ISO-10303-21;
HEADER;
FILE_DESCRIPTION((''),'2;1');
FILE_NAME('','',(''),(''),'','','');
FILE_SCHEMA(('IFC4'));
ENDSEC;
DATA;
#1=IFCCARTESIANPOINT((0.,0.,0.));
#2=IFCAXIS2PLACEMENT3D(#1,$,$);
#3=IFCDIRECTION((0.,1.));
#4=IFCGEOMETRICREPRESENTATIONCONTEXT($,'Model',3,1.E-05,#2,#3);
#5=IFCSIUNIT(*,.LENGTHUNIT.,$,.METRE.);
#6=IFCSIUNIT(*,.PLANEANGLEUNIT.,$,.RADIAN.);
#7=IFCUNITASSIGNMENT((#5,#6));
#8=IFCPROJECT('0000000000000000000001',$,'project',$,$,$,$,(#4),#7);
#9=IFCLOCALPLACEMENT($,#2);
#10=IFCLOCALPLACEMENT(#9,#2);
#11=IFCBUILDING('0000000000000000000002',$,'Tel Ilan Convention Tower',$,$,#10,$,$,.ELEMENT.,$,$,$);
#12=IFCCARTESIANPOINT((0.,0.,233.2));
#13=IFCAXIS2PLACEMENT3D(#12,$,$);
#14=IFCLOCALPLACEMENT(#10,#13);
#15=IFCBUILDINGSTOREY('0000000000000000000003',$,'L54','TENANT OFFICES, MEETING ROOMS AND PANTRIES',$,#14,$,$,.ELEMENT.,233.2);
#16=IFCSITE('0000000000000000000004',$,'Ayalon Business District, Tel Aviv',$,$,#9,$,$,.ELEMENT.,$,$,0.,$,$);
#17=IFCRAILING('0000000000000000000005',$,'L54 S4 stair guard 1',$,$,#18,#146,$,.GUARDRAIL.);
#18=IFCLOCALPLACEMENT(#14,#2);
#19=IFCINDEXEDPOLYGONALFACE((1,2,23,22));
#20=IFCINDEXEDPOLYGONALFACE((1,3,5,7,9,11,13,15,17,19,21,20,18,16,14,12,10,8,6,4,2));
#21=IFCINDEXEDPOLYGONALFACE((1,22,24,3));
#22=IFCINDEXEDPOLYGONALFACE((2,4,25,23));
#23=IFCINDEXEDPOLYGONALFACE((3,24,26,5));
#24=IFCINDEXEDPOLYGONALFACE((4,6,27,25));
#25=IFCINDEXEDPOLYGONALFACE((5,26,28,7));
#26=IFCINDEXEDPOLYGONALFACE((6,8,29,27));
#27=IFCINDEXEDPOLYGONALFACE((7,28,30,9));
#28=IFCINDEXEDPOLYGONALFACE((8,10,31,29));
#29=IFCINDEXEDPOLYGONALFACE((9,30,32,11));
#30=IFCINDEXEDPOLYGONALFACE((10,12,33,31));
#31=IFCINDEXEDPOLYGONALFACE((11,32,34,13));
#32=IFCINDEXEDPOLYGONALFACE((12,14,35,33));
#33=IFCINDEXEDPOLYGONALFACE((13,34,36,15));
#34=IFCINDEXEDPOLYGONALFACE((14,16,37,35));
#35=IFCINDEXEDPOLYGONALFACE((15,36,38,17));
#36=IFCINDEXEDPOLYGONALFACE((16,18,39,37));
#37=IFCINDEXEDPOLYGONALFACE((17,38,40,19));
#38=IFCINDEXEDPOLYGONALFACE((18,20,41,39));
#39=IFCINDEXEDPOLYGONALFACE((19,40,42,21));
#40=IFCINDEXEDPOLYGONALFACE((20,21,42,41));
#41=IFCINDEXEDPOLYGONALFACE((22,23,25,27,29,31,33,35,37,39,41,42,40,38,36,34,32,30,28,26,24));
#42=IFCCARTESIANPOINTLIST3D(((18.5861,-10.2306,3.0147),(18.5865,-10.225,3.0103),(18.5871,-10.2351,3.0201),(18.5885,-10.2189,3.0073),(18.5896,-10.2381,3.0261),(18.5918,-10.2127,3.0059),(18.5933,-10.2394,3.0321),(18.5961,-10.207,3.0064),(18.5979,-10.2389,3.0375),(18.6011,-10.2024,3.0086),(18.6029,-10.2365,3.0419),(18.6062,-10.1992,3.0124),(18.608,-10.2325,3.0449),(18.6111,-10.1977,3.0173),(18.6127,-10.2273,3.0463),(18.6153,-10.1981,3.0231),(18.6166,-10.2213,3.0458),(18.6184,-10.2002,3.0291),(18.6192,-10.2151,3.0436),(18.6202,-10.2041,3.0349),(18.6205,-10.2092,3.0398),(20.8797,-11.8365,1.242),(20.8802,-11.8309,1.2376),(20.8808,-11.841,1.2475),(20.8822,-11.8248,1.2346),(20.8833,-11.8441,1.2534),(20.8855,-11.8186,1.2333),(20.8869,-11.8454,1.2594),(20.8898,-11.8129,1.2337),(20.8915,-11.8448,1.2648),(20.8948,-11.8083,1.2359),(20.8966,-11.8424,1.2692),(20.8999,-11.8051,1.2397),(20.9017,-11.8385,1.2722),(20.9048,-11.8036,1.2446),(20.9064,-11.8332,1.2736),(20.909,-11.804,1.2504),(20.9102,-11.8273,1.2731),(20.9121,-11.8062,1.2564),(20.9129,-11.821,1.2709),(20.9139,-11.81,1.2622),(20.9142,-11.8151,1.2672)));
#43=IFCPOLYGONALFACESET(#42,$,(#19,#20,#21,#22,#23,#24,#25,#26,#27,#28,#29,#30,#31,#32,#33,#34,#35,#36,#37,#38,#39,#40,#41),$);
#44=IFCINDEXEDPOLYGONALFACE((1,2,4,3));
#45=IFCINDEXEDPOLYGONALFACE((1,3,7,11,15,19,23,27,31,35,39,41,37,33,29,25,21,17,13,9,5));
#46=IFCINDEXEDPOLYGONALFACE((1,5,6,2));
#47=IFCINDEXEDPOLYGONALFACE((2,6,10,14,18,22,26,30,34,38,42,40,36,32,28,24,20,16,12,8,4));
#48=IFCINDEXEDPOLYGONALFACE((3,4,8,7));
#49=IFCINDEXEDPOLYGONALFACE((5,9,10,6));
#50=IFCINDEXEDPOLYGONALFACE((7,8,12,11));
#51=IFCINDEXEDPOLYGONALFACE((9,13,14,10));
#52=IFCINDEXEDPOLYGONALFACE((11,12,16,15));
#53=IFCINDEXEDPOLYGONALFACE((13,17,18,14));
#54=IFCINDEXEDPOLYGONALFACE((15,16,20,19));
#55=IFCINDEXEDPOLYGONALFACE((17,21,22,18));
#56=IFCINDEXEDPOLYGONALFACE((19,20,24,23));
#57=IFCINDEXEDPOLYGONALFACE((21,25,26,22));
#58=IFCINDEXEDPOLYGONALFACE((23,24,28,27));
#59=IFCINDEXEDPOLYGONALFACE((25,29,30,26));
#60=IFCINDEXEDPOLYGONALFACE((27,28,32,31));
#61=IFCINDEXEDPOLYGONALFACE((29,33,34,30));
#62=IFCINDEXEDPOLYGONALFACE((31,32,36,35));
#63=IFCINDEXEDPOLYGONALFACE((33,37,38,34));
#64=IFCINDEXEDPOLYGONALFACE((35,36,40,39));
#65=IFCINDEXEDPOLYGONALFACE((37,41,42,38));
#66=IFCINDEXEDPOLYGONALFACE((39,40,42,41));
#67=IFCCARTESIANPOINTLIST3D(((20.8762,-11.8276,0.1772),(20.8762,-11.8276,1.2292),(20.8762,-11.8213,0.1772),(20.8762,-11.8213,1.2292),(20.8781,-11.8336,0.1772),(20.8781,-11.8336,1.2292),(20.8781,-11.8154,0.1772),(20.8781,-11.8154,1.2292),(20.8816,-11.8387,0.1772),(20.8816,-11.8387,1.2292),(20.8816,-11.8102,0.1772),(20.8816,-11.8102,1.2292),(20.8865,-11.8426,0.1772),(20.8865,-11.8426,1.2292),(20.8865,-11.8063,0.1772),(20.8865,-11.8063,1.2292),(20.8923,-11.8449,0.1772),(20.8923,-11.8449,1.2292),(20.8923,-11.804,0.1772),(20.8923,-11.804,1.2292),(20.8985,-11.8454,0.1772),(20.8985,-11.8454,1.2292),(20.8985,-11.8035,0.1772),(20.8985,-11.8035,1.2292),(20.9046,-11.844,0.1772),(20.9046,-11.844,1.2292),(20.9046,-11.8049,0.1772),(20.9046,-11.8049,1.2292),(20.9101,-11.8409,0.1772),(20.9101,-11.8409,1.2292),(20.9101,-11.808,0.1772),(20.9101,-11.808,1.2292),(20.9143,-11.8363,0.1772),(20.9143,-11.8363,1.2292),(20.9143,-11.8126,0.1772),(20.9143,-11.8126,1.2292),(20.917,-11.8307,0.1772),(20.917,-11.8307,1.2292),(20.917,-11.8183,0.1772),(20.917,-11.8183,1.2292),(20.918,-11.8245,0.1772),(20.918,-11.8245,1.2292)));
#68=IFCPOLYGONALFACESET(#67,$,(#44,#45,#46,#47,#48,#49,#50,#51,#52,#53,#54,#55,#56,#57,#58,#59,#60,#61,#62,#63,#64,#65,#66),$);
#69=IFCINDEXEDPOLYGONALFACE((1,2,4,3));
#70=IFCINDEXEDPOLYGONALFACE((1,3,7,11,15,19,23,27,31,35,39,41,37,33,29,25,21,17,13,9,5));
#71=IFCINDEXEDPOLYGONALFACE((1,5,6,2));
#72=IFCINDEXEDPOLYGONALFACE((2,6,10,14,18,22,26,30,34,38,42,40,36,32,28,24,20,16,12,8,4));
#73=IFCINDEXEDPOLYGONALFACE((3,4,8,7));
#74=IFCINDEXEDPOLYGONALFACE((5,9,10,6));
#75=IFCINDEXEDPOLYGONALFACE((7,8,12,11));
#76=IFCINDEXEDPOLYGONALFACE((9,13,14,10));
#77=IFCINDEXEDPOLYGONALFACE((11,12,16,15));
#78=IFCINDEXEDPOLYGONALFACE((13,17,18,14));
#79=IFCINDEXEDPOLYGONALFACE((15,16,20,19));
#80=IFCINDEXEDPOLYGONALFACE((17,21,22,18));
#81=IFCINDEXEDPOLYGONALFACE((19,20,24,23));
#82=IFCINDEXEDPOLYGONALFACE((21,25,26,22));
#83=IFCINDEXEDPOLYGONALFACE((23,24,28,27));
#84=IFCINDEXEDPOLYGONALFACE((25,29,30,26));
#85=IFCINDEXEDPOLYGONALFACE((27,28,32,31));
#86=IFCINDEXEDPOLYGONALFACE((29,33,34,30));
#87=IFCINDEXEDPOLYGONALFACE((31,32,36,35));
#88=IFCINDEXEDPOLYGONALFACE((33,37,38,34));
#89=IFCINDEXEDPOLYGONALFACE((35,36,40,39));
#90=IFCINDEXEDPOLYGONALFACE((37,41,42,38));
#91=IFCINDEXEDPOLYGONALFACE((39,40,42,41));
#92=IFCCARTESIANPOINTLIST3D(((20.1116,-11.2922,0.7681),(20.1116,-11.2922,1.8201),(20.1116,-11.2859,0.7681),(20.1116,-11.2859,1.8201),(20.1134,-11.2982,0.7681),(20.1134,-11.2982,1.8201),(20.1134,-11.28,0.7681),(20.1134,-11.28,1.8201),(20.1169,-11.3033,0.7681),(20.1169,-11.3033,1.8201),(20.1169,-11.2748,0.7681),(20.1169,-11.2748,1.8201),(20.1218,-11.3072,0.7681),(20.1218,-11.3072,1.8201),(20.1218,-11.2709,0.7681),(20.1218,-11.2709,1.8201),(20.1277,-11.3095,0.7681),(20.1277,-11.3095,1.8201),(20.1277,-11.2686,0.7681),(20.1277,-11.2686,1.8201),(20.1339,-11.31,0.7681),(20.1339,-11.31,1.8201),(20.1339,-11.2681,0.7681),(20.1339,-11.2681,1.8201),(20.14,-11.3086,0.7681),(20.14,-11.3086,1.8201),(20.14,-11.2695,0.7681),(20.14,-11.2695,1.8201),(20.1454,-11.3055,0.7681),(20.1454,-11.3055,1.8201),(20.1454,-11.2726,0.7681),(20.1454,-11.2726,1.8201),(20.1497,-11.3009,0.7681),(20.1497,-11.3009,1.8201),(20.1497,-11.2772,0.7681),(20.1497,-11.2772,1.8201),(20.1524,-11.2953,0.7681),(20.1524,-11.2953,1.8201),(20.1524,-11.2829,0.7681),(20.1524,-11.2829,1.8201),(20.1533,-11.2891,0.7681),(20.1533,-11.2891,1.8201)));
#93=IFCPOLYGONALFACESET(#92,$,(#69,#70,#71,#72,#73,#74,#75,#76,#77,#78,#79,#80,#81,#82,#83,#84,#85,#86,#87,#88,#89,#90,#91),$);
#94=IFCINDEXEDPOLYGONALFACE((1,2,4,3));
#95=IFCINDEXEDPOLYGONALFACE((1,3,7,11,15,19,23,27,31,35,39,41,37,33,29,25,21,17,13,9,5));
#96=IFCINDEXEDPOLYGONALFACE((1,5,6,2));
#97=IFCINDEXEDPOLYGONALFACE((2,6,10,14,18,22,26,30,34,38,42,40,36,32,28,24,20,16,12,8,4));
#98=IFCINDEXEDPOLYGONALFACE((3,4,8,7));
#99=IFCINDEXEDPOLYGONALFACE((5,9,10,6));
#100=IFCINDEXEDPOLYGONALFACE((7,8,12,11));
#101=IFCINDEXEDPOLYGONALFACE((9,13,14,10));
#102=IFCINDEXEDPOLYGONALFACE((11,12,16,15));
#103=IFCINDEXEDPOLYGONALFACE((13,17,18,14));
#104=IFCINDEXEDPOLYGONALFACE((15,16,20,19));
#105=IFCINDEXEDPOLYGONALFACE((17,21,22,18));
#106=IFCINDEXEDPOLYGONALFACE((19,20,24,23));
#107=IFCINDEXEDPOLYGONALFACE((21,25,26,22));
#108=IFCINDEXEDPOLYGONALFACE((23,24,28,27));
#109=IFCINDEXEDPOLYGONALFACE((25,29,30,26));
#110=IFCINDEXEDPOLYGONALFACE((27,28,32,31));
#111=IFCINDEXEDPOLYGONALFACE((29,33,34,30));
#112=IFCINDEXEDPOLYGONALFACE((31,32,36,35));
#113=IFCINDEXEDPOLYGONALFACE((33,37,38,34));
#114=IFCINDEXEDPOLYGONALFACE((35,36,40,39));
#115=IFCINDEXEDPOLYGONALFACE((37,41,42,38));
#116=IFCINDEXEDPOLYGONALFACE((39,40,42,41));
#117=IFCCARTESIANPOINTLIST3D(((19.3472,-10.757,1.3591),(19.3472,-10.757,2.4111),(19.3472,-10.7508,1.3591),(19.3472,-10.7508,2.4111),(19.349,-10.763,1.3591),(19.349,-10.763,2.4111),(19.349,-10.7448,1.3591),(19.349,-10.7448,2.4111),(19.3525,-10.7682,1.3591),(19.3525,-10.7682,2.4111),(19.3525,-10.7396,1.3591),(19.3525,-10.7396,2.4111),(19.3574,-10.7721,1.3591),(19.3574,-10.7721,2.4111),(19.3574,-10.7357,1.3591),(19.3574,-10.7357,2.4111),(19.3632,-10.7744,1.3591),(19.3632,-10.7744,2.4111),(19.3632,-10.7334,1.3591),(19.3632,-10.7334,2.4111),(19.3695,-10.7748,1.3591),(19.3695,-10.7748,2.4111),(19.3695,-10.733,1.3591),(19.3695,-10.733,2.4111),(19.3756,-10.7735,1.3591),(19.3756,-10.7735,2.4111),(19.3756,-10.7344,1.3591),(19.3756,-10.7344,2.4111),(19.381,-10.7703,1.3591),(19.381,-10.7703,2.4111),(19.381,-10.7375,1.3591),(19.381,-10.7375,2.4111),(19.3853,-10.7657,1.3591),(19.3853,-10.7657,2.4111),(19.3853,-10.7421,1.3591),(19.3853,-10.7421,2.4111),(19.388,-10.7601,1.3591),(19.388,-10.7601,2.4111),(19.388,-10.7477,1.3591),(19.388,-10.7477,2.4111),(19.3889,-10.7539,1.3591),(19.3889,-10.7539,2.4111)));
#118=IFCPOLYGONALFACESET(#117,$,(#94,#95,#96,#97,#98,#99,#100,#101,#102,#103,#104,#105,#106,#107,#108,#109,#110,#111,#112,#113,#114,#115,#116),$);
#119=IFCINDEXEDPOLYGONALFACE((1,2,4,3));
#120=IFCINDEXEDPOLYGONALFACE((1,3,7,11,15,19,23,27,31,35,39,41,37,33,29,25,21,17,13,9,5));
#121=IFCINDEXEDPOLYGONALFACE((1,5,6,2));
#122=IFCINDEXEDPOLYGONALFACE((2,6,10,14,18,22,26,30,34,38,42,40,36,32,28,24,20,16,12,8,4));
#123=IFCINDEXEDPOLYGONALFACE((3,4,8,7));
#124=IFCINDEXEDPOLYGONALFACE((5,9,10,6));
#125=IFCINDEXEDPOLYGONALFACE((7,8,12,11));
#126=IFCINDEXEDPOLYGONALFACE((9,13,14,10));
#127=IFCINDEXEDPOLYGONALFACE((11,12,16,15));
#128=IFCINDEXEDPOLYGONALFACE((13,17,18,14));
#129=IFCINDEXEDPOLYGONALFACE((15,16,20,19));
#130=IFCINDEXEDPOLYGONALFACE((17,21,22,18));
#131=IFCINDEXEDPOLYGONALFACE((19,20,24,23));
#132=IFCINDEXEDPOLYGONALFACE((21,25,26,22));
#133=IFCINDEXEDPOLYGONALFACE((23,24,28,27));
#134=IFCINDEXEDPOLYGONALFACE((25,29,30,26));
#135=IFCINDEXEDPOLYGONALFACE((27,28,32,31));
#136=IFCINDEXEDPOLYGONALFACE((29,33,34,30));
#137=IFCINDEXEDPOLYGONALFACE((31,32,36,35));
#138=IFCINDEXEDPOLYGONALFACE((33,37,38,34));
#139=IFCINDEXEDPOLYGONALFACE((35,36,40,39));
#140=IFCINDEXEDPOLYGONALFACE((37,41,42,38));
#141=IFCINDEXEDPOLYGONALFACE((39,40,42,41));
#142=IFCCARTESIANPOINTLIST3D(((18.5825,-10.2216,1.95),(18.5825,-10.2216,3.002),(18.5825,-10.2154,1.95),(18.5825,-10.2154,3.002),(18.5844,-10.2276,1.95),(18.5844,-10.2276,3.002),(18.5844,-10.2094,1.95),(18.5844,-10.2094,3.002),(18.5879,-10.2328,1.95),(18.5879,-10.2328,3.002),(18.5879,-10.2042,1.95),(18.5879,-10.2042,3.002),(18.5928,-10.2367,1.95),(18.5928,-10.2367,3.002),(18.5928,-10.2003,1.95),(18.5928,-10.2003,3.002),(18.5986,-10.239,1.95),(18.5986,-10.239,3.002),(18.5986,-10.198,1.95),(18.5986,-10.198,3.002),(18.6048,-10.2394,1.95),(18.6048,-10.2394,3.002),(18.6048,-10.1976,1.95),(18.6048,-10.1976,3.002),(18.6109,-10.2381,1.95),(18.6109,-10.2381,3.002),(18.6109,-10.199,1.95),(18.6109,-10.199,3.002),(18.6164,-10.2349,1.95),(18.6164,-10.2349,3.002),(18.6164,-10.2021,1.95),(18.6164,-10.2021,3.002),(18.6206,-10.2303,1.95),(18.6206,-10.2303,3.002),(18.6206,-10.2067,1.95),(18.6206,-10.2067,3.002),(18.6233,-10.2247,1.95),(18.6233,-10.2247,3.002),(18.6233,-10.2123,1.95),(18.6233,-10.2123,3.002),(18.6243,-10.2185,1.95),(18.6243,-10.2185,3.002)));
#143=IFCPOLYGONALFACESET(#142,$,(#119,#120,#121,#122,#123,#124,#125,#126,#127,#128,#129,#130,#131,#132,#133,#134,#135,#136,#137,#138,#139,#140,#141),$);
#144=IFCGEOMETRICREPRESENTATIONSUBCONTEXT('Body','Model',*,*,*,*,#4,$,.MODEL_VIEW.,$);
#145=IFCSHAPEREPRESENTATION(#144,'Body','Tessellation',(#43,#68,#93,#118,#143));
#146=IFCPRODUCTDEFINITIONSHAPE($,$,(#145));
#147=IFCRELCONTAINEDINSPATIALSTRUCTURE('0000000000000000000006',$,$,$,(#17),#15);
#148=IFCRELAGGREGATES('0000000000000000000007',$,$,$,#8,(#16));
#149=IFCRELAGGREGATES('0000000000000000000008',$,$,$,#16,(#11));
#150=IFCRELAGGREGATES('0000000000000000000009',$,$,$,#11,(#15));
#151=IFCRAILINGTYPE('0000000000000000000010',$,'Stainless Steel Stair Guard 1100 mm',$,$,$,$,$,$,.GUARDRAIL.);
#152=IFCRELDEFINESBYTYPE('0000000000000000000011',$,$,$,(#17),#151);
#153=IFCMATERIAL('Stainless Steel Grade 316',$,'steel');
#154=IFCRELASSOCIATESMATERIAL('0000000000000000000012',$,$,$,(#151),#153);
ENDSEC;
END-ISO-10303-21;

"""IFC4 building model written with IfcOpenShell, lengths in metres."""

from ifc_helpers import new_model, si_unit, direction, frame, origin, origin_2d, place, context, subcontext, project, spatial, circle, extrude, material, type_object, element, save


model = new_model("IFC4")

# Units and contexts
model_context = context("Model", 3, precision=1e-05, world=origin(), true_north=direction((0.0, 1.0)))
body_context = subcontext(model_context, "Body", "Model", "MODEL_VIEW")
ifc_project = project(units=[si_unit("LENGTHUNIT", "METRE"), si_unit("PLANEANGLEUNIT", "RADIAN")], contexts=[model_context])

# Site, building, storey
site_placement = place(None, origin())
site = spatial("IfcSite", under=ifc_project, at=site_placement, Name="Ayalon Business District, Tel Aviv", CompositionType="ELEMENT", RefElevation=0.0)
building_placement = place(site_placement, origin())
building = spatial("IfcBuilding", under=site, at=building_placement, Name="Tel Ilan Convention Tower", CompositionType="ELEMENT")
storey_placement = place(building_placement, frame((0.0, 0.0, 233.2)))
storey = spatial("IfcBuildingStorey", under=building, at=storey_placement, Name="L54", Description="TENANT OFFICES, MEETING ROOMS AND PANTRIES", CompositionType="ELEMENT", Elevation=233.2)

# Railing
ifc_material_1 = material(Name="Stainless Steel Grade 316", Category="steel")
railing_type_1 = type_object("IfcRailingType", Name="Stainless Steel Stair Guard 1100 mm", PredefinedType="GUARDRAIL", material=ifc_material_1)
railing_1_placement = place(storey_placement, frame((20.897, -11.8245, 0.1772)))
element("IfcRailing", 1, at=railing_1_placement, inside=storey, type_object=railing_type_1, Name="L54 S4 stair guard 1", PredefinedType="GUARDRAIL", context=body_context, shape_type="SweptSolid", body=[
    extrude(circle(Radius=0.0239, at=origin_2d()), frame((0.0, 0.0, 1.0762), z_axis=(-0.692123, 0.484597, 0.534913), x_axis=(-0.57355, -0.81917, 0.0)), (0.0, 0.0, 1.0), 3.314),
    extrude(circle(Radius=0.021, at=origin_2d()), origin(), (0.0, 0.0, 1.0), 1.052),
    extrude(circle(Radius=0.021, at=origin_2d()), frame((-0.7646, 0.5354, 0.5908)), (0.0, 0.0, 1.0), 1.052),
    extrude(circle(Radius=0.021, at=origin_2d()), frame((-1.5291, 1.0706, 1.1819)), (0.0, 0.0, 1.0), 1.052),
    extrude(circle(Radius=0.021, at=origin_2d()), frame((-2.2937, 1.606, 1.7727)), (0.0, 0.0, 1.0), 1.052),
])

save(model, "model.ifc")
